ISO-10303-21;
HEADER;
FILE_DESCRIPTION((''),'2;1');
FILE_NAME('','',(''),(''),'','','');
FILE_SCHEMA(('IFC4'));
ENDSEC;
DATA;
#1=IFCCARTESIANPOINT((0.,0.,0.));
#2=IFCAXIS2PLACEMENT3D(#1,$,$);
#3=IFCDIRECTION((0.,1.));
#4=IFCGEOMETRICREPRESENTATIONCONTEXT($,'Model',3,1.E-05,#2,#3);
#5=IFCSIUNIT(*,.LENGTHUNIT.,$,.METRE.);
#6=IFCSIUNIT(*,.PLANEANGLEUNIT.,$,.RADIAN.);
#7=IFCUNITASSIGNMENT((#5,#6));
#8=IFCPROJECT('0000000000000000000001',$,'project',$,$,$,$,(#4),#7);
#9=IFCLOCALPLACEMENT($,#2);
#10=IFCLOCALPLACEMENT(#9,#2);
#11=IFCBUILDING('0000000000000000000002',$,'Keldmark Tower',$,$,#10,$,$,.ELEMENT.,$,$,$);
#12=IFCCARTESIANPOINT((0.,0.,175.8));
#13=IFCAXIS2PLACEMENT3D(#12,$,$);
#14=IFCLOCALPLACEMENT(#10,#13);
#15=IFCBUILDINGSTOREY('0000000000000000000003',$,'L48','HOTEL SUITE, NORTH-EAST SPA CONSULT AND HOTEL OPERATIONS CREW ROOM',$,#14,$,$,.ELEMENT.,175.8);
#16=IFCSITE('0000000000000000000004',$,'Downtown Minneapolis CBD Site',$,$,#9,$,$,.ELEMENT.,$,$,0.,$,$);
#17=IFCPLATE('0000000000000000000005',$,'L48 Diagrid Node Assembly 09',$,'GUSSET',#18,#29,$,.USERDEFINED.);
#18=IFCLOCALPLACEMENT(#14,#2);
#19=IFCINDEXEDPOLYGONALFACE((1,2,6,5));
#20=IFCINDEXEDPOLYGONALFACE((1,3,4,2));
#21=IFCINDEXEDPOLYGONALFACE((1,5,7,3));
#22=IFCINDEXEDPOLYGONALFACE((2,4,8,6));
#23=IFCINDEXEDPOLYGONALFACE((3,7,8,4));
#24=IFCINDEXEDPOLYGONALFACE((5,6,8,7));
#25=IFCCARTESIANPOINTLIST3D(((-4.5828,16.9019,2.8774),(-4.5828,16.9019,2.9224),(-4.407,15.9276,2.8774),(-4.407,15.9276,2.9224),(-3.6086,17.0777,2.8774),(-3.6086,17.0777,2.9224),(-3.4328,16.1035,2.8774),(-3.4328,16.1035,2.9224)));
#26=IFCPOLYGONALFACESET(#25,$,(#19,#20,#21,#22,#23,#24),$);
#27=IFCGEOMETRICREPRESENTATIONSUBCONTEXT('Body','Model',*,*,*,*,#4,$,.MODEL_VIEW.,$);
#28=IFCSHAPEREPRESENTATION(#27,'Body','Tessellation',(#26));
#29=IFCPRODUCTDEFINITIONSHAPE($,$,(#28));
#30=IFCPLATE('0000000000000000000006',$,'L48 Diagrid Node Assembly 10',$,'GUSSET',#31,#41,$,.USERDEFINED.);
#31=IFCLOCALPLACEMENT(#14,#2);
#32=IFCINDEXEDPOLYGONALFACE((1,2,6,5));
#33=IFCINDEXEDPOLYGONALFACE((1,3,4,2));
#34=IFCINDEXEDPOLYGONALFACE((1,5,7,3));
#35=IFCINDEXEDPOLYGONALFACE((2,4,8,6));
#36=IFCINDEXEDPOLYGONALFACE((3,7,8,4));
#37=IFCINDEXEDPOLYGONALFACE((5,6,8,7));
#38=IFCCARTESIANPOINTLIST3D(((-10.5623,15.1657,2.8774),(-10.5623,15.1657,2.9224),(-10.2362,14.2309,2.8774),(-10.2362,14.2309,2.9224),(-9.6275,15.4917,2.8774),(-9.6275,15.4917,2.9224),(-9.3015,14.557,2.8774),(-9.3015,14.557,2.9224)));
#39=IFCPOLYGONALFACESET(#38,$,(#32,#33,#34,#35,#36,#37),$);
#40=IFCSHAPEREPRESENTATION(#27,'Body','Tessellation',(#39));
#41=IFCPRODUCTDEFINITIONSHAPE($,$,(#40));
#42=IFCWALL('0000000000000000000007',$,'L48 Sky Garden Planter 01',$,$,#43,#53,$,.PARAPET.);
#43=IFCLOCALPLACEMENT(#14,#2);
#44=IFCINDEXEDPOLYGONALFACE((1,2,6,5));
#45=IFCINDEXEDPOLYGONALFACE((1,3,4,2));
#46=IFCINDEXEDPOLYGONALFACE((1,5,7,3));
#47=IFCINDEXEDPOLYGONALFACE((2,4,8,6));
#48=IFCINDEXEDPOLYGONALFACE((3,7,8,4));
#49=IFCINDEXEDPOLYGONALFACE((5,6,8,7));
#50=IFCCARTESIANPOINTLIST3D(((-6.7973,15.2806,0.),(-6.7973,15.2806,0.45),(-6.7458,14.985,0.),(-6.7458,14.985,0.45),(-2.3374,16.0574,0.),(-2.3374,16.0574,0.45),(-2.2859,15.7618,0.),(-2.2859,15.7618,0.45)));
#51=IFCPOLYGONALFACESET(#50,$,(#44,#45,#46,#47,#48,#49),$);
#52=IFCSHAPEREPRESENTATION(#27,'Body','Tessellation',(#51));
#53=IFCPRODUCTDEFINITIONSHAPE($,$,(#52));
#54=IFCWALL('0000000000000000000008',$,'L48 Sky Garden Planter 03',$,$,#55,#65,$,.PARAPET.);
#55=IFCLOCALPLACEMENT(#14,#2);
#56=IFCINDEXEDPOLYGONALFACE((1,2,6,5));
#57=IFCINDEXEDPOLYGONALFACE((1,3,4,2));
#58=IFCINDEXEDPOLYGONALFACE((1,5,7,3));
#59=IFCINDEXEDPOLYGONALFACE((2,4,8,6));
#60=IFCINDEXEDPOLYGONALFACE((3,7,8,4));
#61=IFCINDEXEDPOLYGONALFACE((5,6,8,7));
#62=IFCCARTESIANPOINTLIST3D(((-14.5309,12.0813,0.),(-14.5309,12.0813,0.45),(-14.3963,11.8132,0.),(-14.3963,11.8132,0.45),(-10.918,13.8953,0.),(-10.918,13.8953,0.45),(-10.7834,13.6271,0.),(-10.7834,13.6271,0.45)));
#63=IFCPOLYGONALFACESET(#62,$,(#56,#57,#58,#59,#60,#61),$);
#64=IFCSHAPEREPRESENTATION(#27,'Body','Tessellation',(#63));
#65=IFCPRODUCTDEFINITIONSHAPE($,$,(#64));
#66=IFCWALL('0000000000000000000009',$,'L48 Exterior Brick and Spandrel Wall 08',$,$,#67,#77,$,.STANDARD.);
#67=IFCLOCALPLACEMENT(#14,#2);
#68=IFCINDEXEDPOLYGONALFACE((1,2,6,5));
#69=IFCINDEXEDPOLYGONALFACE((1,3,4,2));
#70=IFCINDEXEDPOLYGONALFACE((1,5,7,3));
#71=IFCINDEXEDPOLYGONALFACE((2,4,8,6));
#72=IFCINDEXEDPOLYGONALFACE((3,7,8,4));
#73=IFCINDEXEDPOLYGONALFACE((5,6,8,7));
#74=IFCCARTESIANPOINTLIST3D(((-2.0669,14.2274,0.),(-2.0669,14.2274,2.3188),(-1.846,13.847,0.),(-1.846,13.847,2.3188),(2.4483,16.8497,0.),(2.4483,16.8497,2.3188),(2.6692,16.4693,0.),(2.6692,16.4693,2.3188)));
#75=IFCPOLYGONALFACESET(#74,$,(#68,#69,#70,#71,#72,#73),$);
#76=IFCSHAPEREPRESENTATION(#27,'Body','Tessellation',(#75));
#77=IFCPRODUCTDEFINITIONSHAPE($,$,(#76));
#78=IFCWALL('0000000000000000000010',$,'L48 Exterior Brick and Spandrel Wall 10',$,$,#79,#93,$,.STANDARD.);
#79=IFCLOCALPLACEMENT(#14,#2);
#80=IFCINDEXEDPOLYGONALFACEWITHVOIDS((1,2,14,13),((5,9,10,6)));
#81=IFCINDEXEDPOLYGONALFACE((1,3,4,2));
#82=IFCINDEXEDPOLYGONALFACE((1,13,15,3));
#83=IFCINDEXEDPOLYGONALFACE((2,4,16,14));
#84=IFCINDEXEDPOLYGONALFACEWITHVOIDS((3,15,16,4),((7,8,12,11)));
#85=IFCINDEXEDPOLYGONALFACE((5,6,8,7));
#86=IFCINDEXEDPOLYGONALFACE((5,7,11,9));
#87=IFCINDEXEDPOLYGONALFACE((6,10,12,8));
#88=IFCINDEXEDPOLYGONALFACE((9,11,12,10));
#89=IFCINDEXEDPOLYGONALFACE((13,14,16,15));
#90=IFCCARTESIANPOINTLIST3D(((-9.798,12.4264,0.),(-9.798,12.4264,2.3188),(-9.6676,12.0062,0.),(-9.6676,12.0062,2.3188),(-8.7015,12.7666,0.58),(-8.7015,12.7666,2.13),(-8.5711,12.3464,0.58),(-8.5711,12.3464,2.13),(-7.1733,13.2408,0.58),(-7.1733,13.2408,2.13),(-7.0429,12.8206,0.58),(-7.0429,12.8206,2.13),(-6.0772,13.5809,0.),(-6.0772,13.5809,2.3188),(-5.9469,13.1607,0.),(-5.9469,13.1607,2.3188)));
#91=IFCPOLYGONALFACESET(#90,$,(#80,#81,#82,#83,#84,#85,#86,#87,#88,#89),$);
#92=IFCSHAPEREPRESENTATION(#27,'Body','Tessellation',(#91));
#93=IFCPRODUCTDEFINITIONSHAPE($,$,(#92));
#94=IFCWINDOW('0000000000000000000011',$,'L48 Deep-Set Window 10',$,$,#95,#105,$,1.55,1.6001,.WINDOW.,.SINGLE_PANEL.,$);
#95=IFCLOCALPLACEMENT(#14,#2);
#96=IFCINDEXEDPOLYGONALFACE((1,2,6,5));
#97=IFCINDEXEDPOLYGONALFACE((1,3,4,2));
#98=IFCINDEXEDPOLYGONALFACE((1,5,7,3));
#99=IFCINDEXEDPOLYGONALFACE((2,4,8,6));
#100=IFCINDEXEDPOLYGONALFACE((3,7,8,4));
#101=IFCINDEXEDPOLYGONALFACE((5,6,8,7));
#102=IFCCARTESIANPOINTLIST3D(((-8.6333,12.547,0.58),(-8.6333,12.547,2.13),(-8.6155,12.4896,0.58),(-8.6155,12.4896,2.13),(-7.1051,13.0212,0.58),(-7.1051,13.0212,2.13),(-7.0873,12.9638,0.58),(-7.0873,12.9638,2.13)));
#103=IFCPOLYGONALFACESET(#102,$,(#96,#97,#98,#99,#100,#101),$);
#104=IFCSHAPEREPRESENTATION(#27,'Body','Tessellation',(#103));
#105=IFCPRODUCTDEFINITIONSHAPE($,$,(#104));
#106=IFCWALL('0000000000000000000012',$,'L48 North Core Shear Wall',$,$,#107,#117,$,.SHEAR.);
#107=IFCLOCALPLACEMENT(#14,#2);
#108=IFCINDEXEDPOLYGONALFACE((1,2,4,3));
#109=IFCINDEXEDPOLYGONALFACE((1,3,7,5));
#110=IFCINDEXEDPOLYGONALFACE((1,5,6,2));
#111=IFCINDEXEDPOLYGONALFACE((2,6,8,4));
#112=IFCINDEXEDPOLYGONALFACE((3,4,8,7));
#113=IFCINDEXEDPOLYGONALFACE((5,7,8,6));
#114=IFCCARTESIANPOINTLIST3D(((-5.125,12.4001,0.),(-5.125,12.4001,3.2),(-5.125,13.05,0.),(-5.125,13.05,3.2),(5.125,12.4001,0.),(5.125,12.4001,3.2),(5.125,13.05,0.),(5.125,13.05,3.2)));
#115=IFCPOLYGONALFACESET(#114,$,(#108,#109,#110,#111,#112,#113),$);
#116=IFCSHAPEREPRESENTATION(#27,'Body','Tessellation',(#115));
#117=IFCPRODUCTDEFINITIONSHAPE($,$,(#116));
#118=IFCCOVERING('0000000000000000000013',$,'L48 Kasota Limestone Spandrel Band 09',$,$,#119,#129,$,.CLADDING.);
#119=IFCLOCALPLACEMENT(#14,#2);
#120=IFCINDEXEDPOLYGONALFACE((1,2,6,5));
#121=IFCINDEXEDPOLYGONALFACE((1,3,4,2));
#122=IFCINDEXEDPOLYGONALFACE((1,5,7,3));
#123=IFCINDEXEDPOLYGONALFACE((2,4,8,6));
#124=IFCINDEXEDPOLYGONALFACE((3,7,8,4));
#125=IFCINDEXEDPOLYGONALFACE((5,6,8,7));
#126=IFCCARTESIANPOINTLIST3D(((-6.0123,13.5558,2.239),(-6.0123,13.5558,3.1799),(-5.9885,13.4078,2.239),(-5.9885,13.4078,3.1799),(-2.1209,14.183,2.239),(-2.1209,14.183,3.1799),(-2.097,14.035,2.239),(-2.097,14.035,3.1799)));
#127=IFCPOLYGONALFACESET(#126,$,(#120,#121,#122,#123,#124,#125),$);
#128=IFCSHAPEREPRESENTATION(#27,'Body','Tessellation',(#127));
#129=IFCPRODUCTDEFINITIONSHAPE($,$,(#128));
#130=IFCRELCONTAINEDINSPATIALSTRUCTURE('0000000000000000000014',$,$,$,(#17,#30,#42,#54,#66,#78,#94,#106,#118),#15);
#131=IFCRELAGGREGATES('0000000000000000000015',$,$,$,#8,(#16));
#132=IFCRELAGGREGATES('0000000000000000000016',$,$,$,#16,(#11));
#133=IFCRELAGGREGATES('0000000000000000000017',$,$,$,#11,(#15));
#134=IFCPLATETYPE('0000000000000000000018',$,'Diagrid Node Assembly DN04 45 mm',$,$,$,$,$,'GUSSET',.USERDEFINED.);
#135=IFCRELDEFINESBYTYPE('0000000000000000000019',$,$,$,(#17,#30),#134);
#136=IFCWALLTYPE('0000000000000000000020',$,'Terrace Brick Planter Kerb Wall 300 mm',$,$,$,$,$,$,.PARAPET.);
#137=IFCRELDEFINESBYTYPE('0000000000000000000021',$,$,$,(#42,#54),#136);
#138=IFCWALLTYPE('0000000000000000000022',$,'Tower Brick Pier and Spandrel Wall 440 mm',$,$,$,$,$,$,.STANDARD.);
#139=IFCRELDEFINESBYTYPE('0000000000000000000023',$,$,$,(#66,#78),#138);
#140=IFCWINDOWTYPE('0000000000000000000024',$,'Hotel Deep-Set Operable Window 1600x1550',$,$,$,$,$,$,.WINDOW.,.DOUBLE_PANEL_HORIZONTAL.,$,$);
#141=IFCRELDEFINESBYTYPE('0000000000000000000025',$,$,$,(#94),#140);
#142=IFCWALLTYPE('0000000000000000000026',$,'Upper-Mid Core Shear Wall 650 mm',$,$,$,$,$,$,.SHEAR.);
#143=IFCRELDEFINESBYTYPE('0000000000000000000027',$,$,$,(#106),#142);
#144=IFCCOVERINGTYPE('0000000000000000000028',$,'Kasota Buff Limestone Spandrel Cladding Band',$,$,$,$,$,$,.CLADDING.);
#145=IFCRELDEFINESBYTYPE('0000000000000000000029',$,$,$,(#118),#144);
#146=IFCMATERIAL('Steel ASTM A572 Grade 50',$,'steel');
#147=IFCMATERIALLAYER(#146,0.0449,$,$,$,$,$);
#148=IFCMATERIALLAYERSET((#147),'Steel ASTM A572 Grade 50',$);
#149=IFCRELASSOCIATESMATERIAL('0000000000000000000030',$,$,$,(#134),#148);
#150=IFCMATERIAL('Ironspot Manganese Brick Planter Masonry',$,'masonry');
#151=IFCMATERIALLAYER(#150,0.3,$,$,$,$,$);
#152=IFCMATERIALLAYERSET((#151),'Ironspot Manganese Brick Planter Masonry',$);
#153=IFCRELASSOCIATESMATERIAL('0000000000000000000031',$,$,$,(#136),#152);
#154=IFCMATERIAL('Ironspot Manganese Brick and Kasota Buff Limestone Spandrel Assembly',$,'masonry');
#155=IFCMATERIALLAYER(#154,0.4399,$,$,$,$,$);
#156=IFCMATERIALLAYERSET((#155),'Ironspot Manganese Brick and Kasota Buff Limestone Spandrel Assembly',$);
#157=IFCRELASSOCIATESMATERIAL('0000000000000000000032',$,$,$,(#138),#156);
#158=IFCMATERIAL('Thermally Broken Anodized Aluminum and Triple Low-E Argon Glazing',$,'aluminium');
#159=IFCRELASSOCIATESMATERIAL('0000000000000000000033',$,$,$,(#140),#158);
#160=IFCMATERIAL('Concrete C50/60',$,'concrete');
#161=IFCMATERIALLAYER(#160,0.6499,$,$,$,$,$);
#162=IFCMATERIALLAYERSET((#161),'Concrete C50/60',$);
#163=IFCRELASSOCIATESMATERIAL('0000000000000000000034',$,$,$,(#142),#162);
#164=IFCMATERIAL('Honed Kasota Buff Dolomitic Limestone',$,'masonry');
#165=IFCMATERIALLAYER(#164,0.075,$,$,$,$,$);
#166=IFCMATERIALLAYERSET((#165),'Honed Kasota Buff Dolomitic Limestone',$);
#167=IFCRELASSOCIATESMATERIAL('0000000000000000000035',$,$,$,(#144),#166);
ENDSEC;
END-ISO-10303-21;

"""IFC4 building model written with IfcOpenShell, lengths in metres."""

from ifc_helpers import new_model, si_unit, direction, frame, frame_2d, origin, origin_2d, place, context, subcontext, project, spatial, rectangle, extrude, material, layer, layer_set, type_object, element, fill, save


model = new_model("IFC4")

# Units and contexts
model_context = context("Model", 3, precision=1e-05, world=origin(), true_north=direction((0.0, 1.0)))
body_context = subcontext(model_context, "Body", "Model", "MODEL_VIEW")
ifc_project = project(units=[si_unit("LENGTHUNIT", "METRE"), si_unit("PLANEANGLEUNIT", "RADIAN")], contexts=[model_context])

# Site, building, storey
site_placement = place(None, origin())
site = spatial("IfcSite", under=ifc_project, at=site_placement, Name="Downtown Minneapolis CBD Site", CompositionType="ELEMENT", RefElevation=0.0)
building_placement = place(site_placement, origin())
building = spatial("IfcBuilding", under=site, at=building_placement, Name="Keldmark Tower", CompositionType="ELEMENT")
storey_placement = place(building_placement, frame((0.0, 0.0, 175.8)))
storey = spatial("IfcBuildingStorey", under=building, at=storey_placement, Name="L48", Description="HOTEL SUITE, NORTH-EAST SPA CONSULT AND HOTEL OPERATIONS CREW ROOM", CompositionType="ELEMENT", Elevation=175.8)

# Plates
ifc_material_1 = material(Name="Steel ASTM A572 Grade 50", Category="steel")
ifc_layer_1 = layer(ifc_material_1, 0.0449)
ifc_layer_set_1 = layer_set([ifc_layer_1], Name="Steel ASTM A572 Grade 50")
plate_type_1 = type_object("IfcPlateType", Name="Diagrid Node Assembly DN04 45 mm", ElementType="GUSSET", PredefinedType="USERDEFINED", material=ifc_layer_set_1)
for number, where, z_axis, x_axis, name in (
    (1, (-4.0078, 16.5027, 2.8774), (0.0, 0.0, 1.0), (-0.984103, -0.1776, 0.0), "L48 Diagrid Node Assembly 09"),
    (2, (-9.9319, 14.8613, 2.8774), (0.0, 0.0, 1.0), (-0.944204, -0.329361, 0.0), "L48 Diagrid Node Assembly 10"),
):
    element("IfcPlate", number, at=place(storey_placement, frame(where, z_axis=z_axis, x_axis=x_axis)), inside=storey, type_object=plate_type_1, Name=name, ObjectType="GUSSET", PredefinedType="USERDEFINED", context=body_context, shape_type="SweptSolid", body=[
        extrude(rectangle(XDim=0.99, YDim=0.99, at=origin_2d()), origin(), (0.0, 0.0, 1.0), 0.0449),
    ])

# Walls
ifc_material_2 = material(Name="Ironspot Manganese Brick Planter Masonry", Category="masonry")
ifc_layer_2 = layer(ifc_material_2, 0.3)
ifc_layer_set_2 = layer_set([ifc_layer_2], Name="Ironspot Manganese Brick Planter Masonry")
wall_type_1 = type_object("IfcWallType", Name="Terrace Brick Planter Kerb Wall 300 mm", PredefinedType="PARAPET", material=ifc_layer_set_2)
wall_1_placement = place(storey_placement, frame((-2.3115, 15.9097, 0.0), z_axis=(0.0, 0.0, 1.0), x_axis=(-0.985167, -0.171601, 0.0)))
element("IfcWall", 3, at=wall_1_placement, inside=storey, type_object=wall_type_1, Name="L48 Sky Garden Planter 01", PredefinedType="PARAPET", context=body_context, shape_type="SweptSolid", body=[
    extrude(rectangle(XDim=4.5271, YDim=0.3, at=frame_2d((2.2637, 0.0))), origin(), (0.0, 0.0, 1.0), 0.45),
])
wall_2_placement = place(storey_placement, frame((-10.8506, 13.7612, 0.0), z_axis=(0.0, 0.0, 1.0), x_axis=(-0.893689, -0.448686, 0.0)))
element("IfcWall", 4, at=wall_2_placement, inside=storey, type_object=wall_type_1, Name="L48 Sky Garden Planter 03", PredefinedType="PARAPET", context=body_context, shape_type="SweptSolid", body=[
    extrude(rectangle(XDim=4.0427, YDim=0.3, at=frame_2d((2.0215, 0.0))), origin(), (0.0, 0.0, 1.0), 0.45),
])
ifc_material_3 = material(Name="Ironspot Manganese Brick and Kasota Buff Limestone Spandrel Assembly", Category="masonry")
ifc_layer_3 = layer(ifc_material_3, 0.4399)
ifc_layer_set_3 = layer_set([ifc_layer_3], Name="Ironspot Manganese Brick and Kasota Buff Limestone Spandrel Assembly")
wall_type_2 = type_object("IfcWallType", Name="Tower Brick Pier and Spandrel Wall 440 mm", PredefinedType="STANDARD", material=ifc_layer_set_3)
wall_3_placement = place(storey_placement, frame((-1.9565, 14.0371, 0.0), z_axis=(0.0, 0.0, 1.0), x_axis=(0.864737, 0.502225, 0.0)))
element("IfcWall", 5, at=wall_3_placement, inside=storey, type_object=wall_type_2, Name="L48 Exterior Brick and Spandrel Wall 08", PredefinedType="STANDARD", context=body_context, shape_type="SweptSolid", body=[
    extrude(rectangle(XDim=5.2214, YDim=0.4399, at=frame_2d((2.6108, 0.0))), origin(), (0.0, 0.0, 1.0), 2.3188),
])

# Wall, opening, window
wall_4_placement = place(storey_placement, frame((-9.7327, 12.2163, 0.0), z_axis=(0.0, 0.0, 1.0), x_axis=(0.955076, 0.296362, 0.0)))
wall_4 = element("IfcWall", 6, at=wall_4_placement, inside=storey, type_object=wall_type_2, Name="L48 Exterior Brick and Spandrel Wall 10", PredefinedType="STANDARD", context=body_context, shape_type="SweptSolid", body=[
    extrude(rectangle(XDim=3.8958, YDim=0.4399, at=frame_2d((1.9478, 0.0))), origin(), (0.0, 0.0, 1.0), 2.3188),
])
opening_1_placement = place(wall_4_placement, frame((1.1479, 0.0, 0.5801)))
opening_1 = element("IfcOpeningElement", 7, at=opening_1_placement, cuts=wall_4, PredefinedType="OPENING", context=body_context, shape_type="SweptSolid", body=[
    extrude(rectangle(XDim=1.6001, YDim=1.55, at=frame_2d((0.8, 0.7749))), frame((0.0, 0.23, 0.0), z_axis=(0.0, -1.0, 0.0), x_axis=(1.0, 0.0, 0.0)), (0.0, 0.0, 1.0), 0.46),
])
ifc_material_4 = material(Name="Thermally Broken Anodized Aluminum and Triple Low-E Argon Glazing", Category="aluminium")
window_type = type_object("IfcWindowType", Name="Hotel Deep-Set Operable Window 1600x1550", PartitioningType="DOUBLE_PANEL_HORIZONTAL", PredefinedType="WINDOW", material=ifc_material_4)
window_placement = place(opening_1_placement, origin())
window = element("IfcWindow", 8, at=window_placement, inside=storey, type_object=window_type, Name="L48 Deep-Set Window 10", OverallHeight=1.55, OverallWidth=1.6001, PartitioningType="SINGLE_PANEL", PredefinedType="WINDOW", context=body_context, shape_type="SweptSolid", body=[
    extrude(rectangle(XDim=1.6001, YDim=1.55, at=frame_2d((0.8, 0.7749))), frame((0.0, -0.01, 0.0), z_axis=(0.0, -1.0, 0.0), x_axis=(1.0, 0.0, 0.0)), (0.0, 0.0, 1.0), 0.0601),
])
fill(opening_1, window)

# Wall
ifc_material_5 = material(Name="Concrete C50/60", Category="concrete")
ifc_layer_4 = layer(ifc_material_5, 0.6499)
ifc_layer_set_4 = layer_set([ifc_layer_4], Name="Concrete C50/60")
wall_type_3 = type_object("IfcWallType", Name="Upper-Mid Core Shear Wall 650 mm", PredefinedType="SHEAR", material=ifc_layer_set_4)
wall_5_placement = place(storey_placement, frame((-5.125, 12.7251, 0.0), z_axis=(0.0, 0.0, 1.0), x_axis=(1.0, 0.0, 0.0)))
element("IfcWall", 9, at=wall_5_placement, inside=storey, type_object=wall_type_3, Name="L48 North Core Shear Wall", PredefinedType="SHEAR", context=body_context, shape_type="SweptSolid", body=[
    extrude(rectangle(XDim=10.25, YDim=0.6499, at=frame_2d((5.125, 0.0))), origin(), (0.0, 0.0, 1.0), 3.2),
])

# Covering
ifc_material_6 = material(Name="Honed Kasota Buff Dolomitic Limestone", Category="masonry")
ifc_layer_5 = layer(ifc_material_6, 0.075)
ifc_layer_set_5 = layer_set([ifc_layer_5], Name="Honed Kasota Buff Dolomitic Limestone")
covering_type = type_object("IfcCoveringType", Name="Kasota Buff Limestone Spandrel Cladding Band", PredefinedType="CLADDING", material=ifc_layer_set_5)
covering_placement = place(storey_placement, frame((-4.0547, 13.7954, 2.239), z_axis=(0.0, 0.0, 1.0), x_axis=(-0.987259, -0.159123, 0.0)))
element("IfcCovering", 10, at=covering_placement, inside=storey, type_object=covering_type, Name="L48 Kasota Limestone Spandrel Band 09", PredefinedType="CLADDING", context=body_context, shape_type="SweptSolid", body=[
    extrude(rectangle(XDim=3.9417, YDim=0.1499, at=origin_2d()), origin(), (0.0, 0.0, 1.0), 0.9409),
])

save(model, "model.ifc")
